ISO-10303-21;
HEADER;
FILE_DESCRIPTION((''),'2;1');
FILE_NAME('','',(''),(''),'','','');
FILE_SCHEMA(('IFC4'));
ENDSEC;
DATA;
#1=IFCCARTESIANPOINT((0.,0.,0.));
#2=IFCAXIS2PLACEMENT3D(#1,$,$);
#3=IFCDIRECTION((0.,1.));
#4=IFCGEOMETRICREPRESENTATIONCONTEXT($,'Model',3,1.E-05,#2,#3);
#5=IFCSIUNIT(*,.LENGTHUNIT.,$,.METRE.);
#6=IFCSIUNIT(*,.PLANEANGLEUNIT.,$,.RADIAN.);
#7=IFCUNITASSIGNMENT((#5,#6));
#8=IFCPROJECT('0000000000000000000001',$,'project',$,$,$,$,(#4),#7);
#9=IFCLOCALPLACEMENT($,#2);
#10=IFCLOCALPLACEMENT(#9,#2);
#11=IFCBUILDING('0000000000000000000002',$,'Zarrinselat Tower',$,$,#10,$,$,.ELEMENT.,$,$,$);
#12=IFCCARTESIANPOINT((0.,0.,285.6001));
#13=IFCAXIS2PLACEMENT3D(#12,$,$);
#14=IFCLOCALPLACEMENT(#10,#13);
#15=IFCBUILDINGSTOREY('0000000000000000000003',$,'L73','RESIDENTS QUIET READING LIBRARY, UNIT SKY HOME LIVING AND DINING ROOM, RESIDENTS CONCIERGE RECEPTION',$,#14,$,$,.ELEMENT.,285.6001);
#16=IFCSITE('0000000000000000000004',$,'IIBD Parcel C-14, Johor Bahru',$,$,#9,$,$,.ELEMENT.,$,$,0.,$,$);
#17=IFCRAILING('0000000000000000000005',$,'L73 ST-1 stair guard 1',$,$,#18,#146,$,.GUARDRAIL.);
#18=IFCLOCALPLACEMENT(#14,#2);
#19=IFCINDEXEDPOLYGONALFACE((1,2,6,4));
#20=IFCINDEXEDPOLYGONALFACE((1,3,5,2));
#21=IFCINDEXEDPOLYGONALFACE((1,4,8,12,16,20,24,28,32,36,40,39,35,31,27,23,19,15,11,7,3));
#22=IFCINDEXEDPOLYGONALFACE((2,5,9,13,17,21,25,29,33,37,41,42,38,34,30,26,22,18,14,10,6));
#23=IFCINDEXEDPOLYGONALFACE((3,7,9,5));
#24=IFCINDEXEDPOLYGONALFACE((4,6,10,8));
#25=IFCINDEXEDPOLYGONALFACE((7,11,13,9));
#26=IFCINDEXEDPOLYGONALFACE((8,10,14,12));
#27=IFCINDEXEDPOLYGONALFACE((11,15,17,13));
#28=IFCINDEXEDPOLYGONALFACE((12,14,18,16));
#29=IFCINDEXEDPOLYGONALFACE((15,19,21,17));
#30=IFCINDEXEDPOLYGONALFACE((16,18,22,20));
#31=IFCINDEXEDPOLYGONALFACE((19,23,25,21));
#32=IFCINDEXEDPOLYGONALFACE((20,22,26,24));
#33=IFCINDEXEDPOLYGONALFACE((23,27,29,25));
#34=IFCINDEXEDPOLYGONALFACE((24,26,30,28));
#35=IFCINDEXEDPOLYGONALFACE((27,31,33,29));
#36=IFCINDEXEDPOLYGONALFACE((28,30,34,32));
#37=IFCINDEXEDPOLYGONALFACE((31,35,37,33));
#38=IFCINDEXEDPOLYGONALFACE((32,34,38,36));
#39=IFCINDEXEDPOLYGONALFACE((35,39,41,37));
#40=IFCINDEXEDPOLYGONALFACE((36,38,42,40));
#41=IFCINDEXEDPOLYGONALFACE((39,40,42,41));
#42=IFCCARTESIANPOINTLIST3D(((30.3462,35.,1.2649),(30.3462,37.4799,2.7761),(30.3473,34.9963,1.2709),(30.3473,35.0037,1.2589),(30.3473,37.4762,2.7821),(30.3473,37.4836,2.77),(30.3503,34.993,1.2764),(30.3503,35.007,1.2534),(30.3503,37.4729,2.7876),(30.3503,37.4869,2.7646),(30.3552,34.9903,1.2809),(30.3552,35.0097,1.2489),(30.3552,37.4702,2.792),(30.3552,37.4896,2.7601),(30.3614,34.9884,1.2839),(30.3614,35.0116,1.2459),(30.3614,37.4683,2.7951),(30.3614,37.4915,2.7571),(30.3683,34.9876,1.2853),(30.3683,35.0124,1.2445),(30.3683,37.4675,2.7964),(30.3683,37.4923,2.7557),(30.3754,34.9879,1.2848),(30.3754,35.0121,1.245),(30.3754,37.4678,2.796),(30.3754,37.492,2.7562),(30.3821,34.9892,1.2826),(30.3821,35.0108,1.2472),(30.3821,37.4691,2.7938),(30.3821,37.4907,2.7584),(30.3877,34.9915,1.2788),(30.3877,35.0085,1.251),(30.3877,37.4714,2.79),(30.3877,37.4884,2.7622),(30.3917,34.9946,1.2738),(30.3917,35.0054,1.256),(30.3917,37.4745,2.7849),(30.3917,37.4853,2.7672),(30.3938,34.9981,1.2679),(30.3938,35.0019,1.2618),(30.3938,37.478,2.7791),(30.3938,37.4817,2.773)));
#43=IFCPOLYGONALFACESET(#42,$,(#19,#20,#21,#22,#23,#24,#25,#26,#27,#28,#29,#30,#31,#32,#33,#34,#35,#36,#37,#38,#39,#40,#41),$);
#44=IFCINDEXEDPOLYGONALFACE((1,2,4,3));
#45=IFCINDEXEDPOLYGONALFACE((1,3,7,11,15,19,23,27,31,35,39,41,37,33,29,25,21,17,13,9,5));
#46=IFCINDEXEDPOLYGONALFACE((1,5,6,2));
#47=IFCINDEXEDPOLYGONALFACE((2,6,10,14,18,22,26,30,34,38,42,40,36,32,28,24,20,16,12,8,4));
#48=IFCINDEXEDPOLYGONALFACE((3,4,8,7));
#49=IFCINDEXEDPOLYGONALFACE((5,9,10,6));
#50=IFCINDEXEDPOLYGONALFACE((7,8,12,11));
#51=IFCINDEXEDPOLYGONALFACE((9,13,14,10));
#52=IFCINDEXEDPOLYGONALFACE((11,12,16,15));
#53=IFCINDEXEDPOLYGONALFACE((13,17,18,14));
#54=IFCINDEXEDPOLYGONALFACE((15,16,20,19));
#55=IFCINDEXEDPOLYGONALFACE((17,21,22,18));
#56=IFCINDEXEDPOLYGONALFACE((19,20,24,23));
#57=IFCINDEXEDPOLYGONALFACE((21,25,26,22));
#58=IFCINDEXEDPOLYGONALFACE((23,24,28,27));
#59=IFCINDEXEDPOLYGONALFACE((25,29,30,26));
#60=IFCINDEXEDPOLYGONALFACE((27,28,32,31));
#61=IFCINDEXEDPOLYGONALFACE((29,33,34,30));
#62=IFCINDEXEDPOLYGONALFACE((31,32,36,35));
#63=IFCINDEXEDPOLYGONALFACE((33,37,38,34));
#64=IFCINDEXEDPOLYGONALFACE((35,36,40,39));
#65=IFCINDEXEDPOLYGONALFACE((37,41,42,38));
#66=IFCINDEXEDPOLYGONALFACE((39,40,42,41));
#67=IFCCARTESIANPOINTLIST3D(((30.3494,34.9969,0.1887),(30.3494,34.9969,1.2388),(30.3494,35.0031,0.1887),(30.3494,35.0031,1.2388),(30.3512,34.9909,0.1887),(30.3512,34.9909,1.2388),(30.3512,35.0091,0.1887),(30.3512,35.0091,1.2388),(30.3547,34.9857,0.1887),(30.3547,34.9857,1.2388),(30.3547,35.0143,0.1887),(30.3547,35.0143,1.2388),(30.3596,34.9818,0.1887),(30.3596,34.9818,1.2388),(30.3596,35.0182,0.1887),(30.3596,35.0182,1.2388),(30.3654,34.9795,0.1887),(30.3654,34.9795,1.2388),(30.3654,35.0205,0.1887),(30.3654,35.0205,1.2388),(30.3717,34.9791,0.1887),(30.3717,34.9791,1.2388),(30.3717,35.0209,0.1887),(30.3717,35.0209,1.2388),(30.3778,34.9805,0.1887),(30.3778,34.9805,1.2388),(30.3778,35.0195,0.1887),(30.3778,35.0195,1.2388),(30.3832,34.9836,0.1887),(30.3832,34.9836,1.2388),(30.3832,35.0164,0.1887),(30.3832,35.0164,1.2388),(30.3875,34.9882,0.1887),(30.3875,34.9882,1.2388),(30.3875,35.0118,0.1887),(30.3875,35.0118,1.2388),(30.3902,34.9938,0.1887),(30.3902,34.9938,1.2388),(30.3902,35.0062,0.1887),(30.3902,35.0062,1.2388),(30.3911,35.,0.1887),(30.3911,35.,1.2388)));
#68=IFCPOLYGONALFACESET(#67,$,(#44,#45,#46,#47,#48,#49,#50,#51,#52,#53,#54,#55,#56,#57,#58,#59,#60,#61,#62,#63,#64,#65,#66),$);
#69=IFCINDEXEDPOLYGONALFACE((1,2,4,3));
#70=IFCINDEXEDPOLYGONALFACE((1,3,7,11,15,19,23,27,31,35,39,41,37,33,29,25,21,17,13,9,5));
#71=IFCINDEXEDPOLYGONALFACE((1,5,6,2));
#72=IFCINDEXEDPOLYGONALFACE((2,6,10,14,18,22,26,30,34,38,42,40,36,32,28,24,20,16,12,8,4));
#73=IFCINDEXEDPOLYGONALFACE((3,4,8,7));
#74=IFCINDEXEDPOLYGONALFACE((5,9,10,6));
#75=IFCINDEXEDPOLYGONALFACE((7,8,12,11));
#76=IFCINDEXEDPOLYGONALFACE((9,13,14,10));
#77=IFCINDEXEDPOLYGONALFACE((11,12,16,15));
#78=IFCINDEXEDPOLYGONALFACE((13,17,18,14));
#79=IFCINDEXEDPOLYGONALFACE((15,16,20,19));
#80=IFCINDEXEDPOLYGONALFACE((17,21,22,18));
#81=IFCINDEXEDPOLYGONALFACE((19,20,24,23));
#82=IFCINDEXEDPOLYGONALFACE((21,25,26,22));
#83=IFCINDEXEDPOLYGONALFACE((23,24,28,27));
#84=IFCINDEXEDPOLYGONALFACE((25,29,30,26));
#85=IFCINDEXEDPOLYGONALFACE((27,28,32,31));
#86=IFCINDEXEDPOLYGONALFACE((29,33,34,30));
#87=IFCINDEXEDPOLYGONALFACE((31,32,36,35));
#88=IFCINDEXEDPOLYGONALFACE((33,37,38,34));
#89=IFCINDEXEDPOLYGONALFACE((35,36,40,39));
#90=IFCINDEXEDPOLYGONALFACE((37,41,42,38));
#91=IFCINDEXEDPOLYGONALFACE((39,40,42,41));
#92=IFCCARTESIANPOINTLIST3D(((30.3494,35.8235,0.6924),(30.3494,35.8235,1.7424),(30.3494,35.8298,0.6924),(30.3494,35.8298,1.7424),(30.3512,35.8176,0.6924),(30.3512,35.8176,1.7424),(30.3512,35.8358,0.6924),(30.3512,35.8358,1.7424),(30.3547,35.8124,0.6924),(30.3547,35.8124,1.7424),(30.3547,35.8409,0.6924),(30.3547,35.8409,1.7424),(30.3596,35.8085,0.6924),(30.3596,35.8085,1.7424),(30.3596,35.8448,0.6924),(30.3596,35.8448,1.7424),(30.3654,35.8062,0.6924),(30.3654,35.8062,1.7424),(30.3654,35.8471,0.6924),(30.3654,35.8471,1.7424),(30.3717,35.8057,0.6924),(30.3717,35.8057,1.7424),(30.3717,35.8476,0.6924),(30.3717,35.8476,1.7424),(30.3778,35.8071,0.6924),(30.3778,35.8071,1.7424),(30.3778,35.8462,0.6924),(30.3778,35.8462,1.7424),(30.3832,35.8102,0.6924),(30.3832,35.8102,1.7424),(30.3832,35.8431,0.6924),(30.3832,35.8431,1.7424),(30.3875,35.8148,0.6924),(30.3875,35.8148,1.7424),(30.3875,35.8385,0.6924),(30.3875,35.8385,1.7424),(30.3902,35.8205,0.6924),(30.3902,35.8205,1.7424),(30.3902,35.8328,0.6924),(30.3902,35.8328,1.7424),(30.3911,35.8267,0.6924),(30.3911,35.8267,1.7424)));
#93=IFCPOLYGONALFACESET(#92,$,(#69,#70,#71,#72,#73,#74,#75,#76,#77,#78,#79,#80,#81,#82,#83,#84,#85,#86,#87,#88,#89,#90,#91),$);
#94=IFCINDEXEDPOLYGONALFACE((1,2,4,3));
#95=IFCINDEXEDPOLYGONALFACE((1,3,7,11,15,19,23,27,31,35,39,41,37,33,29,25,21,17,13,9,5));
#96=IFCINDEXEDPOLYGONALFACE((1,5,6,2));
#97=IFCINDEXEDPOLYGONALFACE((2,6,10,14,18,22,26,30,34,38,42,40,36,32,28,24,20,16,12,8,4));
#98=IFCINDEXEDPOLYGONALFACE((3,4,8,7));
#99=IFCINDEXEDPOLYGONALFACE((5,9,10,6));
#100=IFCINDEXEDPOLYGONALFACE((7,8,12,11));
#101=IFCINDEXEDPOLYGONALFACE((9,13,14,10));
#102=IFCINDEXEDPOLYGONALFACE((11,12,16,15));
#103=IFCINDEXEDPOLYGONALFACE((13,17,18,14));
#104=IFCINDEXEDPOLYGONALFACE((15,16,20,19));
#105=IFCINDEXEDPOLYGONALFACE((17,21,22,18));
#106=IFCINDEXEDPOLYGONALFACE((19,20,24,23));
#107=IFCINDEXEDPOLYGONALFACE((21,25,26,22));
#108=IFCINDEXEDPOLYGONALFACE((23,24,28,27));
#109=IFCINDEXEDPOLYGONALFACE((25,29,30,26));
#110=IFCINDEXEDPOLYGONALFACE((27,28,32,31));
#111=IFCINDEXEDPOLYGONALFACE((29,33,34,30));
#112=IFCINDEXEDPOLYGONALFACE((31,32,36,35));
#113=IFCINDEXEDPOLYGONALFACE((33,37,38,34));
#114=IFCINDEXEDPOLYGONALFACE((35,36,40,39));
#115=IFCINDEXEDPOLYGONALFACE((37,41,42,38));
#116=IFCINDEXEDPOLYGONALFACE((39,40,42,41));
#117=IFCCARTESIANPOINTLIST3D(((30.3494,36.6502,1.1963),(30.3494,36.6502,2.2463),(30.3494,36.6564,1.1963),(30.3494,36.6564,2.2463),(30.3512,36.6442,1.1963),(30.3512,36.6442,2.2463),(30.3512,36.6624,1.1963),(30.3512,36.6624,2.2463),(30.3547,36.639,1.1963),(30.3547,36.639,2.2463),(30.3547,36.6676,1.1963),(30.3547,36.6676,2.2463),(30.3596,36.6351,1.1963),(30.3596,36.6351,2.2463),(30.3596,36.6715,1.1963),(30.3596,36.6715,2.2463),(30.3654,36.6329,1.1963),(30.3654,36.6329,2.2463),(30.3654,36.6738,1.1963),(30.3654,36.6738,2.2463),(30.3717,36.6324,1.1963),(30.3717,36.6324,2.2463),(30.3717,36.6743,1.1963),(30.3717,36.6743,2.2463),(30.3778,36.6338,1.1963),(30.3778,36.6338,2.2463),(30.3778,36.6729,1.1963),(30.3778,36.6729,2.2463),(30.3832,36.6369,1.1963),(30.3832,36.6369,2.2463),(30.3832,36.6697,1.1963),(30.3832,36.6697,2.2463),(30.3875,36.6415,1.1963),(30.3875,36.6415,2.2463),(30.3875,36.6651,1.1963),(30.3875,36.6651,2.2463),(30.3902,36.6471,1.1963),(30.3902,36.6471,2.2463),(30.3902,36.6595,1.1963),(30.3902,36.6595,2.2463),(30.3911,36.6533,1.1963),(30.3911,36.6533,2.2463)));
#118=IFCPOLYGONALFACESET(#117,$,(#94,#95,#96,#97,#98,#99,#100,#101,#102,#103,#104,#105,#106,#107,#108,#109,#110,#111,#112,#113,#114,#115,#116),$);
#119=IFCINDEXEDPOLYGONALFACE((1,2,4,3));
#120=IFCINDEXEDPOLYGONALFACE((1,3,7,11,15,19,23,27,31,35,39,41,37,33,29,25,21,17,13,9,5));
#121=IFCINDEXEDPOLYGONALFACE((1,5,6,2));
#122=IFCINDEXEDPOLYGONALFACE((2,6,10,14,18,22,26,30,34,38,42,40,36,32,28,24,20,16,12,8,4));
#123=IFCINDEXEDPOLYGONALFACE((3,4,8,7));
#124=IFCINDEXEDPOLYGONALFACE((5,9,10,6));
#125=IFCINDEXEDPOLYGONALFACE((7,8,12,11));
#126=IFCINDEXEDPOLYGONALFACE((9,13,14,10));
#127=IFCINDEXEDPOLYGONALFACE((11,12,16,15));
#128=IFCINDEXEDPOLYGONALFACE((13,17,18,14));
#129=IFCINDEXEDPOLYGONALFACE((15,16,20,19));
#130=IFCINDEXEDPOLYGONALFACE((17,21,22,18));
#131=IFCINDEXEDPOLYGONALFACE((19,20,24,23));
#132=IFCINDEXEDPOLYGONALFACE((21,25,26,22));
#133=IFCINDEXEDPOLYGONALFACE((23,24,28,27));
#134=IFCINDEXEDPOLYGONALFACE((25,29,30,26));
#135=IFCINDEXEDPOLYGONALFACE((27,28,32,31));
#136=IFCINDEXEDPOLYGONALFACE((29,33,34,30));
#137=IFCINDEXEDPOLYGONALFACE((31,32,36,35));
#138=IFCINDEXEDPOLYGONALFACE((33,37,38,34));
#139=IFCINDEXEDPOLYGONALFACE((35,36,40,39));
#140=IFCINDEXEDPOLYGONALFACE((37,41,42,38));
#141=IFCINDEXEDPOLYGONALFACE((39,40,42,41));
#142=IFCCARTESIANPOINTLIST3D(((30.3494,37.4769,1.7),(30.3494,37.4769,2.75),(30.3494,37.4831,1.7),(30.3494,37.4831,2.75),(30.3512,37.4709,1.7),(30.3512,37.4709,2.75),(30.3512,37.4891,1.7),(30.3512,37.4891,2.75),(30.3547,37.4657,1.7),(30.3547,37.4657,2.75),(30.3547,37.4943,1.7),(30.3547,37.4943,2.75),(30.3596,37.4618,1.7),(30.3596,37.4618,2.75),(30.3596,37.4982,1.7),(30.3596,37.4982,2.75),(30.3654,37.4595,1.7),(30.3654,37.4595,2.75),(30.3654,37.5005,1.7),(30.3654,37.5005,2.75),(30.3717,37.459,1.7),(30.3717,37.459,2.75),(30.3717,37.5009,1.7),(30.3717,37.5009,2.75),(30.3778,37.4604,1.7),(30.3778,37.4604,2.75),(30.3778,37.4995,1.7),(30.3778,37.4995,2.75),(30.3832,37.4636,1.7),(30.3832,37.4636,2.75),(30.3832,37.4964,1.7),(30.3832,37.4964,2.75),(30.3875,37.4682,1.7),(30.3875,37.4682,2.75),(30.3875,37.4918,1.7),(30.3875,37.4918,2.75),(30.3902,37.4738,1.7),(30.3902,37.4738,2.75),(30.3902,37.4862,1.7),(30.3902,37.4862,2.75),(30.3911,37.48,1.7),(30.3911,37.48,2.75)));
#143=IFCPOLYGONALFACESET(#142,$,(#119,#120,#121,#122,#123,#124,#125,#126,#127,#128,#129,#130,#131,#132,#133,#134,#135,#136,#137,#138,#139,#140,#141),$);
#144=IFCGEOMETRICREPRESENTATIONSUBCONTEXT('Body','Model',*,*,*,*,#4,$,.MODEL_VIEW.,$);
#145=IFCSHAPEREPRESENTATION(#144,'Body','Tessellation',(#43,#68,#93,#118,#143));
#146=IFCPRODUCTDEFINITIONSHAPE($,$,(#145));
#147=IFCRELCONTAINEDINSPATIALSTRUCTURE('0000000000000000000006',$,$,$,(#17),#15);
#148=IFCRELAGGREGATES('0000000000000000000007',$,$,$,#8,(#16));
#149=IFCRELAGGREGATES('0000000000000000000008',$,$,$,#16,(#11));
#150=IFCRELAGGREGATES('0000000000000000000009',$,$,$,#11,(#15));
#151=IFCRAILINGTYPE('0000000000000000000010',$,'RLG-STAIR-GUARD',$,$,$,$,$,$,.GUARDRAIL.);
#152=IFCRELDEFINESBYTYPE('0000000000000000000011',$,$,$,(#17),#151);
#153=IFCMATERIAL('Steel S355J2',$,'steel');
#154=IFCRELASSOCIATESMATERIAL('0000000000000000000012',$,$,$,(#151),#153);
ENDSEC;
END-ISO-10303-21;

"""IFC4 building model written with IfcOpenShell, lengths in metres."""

from ifc_helpers import new_model, si_unit, direction, frame, origin, origin_2d, place, context, subcontext, project, spatial, circle, extrude, material, type_object, element, save


model = new_model("IFC4")

# Units and contexts
model_context = context("Model", 3, precision=1e-05, world=origin(), true_north=direction((0.0, 1.0)))
body_context = subcontext(model_context, "Body", "Model", "MODEL_VIEW")
ifc_project = project(units=[si_unit("LENGTHUNIT", "METRE"), si_unit("PLANEANGLEUNIT", "RADIAN")], contexts=[model_context])

# Site, building, storey
site_placement = place(None, origin())
site = spatial("IfcSite", under=ifc_project, at=site_placement, Name="IIBD Parcel C-14, Johor Bahru", CompositionType="ELEMENT", RefElevation=0.0)
building_placement = place(site_placement, origin())
building = spatial("IfcBuilding", under=site, at=building_placement, Name="Zarrinselat Tower", CompositionType="ELEMENT")
storey_placement = place(building_placement, frame((0.0, 0.0, 285.6001)))
storey = spatial("IfcBuildingStorey", under=building, at=storey_placement, Name="L73", Description="RESIDENTS QUIET READING LIBRARY, UNIT SKY HOME LIVING AND DINING ROOM, RESIDENTS CONCIERGE RECEPTION", CompositionType="ELEMENT", Elevation=285.6001)

# Railing
ifc_material_1 = material(Name="Steel S355J2", Category="steel")
railing_type_1 = type_object("IfcRailingType", Name="RLG-STAIR-GUARD", PredefinedType="GUARDRAIL", material=ifc_material_1)
railing_1_placement = place(storey_placement, frame((30.3701, 35.0, 0.1887)))
element("IfcRailing", 1, at=railing_1_placement, inside=storey, type_object=railing_type_1, Name="L73 ST-1 stair guard 1", PredefinedType="GUARDRAIL", context=body_context, shape_type="SweptSolid", body=[
    extrude(circle(Radius=0.0239, at=origin_2d()), frame((0.0, 0.0, 1.0762), z_axis=(0.0, 0.853942, 0.520368), x_axis=(-1.0, 0.0, 0.0)), (0.0, 0.0, 1.0), 2.9041),
    extrude(circle(Radius=0.021, at=origin_2d()), origin(), (0.0, 0.0, 1.0), 1.05),
    extrude(circle(Radius=0.021, at=origin_2d()), frame((0.0, 0.8267, 0.5037)), (0.0, 0.0, 1.0), 1.05),
    extrude(circle(Radius=0.021, at=origin_2d()), frame((0.0, 1.6533, 1.0076)), (0.0, 0.0, 1.0), 1.05),
    extrude(circle(Radius=0.021, at=origin_2d()), frame((0.0, 2.48, 1.5112)), (0.0, 0.0, 1.0), 1.05),
])

save(model, "model.ifc")
